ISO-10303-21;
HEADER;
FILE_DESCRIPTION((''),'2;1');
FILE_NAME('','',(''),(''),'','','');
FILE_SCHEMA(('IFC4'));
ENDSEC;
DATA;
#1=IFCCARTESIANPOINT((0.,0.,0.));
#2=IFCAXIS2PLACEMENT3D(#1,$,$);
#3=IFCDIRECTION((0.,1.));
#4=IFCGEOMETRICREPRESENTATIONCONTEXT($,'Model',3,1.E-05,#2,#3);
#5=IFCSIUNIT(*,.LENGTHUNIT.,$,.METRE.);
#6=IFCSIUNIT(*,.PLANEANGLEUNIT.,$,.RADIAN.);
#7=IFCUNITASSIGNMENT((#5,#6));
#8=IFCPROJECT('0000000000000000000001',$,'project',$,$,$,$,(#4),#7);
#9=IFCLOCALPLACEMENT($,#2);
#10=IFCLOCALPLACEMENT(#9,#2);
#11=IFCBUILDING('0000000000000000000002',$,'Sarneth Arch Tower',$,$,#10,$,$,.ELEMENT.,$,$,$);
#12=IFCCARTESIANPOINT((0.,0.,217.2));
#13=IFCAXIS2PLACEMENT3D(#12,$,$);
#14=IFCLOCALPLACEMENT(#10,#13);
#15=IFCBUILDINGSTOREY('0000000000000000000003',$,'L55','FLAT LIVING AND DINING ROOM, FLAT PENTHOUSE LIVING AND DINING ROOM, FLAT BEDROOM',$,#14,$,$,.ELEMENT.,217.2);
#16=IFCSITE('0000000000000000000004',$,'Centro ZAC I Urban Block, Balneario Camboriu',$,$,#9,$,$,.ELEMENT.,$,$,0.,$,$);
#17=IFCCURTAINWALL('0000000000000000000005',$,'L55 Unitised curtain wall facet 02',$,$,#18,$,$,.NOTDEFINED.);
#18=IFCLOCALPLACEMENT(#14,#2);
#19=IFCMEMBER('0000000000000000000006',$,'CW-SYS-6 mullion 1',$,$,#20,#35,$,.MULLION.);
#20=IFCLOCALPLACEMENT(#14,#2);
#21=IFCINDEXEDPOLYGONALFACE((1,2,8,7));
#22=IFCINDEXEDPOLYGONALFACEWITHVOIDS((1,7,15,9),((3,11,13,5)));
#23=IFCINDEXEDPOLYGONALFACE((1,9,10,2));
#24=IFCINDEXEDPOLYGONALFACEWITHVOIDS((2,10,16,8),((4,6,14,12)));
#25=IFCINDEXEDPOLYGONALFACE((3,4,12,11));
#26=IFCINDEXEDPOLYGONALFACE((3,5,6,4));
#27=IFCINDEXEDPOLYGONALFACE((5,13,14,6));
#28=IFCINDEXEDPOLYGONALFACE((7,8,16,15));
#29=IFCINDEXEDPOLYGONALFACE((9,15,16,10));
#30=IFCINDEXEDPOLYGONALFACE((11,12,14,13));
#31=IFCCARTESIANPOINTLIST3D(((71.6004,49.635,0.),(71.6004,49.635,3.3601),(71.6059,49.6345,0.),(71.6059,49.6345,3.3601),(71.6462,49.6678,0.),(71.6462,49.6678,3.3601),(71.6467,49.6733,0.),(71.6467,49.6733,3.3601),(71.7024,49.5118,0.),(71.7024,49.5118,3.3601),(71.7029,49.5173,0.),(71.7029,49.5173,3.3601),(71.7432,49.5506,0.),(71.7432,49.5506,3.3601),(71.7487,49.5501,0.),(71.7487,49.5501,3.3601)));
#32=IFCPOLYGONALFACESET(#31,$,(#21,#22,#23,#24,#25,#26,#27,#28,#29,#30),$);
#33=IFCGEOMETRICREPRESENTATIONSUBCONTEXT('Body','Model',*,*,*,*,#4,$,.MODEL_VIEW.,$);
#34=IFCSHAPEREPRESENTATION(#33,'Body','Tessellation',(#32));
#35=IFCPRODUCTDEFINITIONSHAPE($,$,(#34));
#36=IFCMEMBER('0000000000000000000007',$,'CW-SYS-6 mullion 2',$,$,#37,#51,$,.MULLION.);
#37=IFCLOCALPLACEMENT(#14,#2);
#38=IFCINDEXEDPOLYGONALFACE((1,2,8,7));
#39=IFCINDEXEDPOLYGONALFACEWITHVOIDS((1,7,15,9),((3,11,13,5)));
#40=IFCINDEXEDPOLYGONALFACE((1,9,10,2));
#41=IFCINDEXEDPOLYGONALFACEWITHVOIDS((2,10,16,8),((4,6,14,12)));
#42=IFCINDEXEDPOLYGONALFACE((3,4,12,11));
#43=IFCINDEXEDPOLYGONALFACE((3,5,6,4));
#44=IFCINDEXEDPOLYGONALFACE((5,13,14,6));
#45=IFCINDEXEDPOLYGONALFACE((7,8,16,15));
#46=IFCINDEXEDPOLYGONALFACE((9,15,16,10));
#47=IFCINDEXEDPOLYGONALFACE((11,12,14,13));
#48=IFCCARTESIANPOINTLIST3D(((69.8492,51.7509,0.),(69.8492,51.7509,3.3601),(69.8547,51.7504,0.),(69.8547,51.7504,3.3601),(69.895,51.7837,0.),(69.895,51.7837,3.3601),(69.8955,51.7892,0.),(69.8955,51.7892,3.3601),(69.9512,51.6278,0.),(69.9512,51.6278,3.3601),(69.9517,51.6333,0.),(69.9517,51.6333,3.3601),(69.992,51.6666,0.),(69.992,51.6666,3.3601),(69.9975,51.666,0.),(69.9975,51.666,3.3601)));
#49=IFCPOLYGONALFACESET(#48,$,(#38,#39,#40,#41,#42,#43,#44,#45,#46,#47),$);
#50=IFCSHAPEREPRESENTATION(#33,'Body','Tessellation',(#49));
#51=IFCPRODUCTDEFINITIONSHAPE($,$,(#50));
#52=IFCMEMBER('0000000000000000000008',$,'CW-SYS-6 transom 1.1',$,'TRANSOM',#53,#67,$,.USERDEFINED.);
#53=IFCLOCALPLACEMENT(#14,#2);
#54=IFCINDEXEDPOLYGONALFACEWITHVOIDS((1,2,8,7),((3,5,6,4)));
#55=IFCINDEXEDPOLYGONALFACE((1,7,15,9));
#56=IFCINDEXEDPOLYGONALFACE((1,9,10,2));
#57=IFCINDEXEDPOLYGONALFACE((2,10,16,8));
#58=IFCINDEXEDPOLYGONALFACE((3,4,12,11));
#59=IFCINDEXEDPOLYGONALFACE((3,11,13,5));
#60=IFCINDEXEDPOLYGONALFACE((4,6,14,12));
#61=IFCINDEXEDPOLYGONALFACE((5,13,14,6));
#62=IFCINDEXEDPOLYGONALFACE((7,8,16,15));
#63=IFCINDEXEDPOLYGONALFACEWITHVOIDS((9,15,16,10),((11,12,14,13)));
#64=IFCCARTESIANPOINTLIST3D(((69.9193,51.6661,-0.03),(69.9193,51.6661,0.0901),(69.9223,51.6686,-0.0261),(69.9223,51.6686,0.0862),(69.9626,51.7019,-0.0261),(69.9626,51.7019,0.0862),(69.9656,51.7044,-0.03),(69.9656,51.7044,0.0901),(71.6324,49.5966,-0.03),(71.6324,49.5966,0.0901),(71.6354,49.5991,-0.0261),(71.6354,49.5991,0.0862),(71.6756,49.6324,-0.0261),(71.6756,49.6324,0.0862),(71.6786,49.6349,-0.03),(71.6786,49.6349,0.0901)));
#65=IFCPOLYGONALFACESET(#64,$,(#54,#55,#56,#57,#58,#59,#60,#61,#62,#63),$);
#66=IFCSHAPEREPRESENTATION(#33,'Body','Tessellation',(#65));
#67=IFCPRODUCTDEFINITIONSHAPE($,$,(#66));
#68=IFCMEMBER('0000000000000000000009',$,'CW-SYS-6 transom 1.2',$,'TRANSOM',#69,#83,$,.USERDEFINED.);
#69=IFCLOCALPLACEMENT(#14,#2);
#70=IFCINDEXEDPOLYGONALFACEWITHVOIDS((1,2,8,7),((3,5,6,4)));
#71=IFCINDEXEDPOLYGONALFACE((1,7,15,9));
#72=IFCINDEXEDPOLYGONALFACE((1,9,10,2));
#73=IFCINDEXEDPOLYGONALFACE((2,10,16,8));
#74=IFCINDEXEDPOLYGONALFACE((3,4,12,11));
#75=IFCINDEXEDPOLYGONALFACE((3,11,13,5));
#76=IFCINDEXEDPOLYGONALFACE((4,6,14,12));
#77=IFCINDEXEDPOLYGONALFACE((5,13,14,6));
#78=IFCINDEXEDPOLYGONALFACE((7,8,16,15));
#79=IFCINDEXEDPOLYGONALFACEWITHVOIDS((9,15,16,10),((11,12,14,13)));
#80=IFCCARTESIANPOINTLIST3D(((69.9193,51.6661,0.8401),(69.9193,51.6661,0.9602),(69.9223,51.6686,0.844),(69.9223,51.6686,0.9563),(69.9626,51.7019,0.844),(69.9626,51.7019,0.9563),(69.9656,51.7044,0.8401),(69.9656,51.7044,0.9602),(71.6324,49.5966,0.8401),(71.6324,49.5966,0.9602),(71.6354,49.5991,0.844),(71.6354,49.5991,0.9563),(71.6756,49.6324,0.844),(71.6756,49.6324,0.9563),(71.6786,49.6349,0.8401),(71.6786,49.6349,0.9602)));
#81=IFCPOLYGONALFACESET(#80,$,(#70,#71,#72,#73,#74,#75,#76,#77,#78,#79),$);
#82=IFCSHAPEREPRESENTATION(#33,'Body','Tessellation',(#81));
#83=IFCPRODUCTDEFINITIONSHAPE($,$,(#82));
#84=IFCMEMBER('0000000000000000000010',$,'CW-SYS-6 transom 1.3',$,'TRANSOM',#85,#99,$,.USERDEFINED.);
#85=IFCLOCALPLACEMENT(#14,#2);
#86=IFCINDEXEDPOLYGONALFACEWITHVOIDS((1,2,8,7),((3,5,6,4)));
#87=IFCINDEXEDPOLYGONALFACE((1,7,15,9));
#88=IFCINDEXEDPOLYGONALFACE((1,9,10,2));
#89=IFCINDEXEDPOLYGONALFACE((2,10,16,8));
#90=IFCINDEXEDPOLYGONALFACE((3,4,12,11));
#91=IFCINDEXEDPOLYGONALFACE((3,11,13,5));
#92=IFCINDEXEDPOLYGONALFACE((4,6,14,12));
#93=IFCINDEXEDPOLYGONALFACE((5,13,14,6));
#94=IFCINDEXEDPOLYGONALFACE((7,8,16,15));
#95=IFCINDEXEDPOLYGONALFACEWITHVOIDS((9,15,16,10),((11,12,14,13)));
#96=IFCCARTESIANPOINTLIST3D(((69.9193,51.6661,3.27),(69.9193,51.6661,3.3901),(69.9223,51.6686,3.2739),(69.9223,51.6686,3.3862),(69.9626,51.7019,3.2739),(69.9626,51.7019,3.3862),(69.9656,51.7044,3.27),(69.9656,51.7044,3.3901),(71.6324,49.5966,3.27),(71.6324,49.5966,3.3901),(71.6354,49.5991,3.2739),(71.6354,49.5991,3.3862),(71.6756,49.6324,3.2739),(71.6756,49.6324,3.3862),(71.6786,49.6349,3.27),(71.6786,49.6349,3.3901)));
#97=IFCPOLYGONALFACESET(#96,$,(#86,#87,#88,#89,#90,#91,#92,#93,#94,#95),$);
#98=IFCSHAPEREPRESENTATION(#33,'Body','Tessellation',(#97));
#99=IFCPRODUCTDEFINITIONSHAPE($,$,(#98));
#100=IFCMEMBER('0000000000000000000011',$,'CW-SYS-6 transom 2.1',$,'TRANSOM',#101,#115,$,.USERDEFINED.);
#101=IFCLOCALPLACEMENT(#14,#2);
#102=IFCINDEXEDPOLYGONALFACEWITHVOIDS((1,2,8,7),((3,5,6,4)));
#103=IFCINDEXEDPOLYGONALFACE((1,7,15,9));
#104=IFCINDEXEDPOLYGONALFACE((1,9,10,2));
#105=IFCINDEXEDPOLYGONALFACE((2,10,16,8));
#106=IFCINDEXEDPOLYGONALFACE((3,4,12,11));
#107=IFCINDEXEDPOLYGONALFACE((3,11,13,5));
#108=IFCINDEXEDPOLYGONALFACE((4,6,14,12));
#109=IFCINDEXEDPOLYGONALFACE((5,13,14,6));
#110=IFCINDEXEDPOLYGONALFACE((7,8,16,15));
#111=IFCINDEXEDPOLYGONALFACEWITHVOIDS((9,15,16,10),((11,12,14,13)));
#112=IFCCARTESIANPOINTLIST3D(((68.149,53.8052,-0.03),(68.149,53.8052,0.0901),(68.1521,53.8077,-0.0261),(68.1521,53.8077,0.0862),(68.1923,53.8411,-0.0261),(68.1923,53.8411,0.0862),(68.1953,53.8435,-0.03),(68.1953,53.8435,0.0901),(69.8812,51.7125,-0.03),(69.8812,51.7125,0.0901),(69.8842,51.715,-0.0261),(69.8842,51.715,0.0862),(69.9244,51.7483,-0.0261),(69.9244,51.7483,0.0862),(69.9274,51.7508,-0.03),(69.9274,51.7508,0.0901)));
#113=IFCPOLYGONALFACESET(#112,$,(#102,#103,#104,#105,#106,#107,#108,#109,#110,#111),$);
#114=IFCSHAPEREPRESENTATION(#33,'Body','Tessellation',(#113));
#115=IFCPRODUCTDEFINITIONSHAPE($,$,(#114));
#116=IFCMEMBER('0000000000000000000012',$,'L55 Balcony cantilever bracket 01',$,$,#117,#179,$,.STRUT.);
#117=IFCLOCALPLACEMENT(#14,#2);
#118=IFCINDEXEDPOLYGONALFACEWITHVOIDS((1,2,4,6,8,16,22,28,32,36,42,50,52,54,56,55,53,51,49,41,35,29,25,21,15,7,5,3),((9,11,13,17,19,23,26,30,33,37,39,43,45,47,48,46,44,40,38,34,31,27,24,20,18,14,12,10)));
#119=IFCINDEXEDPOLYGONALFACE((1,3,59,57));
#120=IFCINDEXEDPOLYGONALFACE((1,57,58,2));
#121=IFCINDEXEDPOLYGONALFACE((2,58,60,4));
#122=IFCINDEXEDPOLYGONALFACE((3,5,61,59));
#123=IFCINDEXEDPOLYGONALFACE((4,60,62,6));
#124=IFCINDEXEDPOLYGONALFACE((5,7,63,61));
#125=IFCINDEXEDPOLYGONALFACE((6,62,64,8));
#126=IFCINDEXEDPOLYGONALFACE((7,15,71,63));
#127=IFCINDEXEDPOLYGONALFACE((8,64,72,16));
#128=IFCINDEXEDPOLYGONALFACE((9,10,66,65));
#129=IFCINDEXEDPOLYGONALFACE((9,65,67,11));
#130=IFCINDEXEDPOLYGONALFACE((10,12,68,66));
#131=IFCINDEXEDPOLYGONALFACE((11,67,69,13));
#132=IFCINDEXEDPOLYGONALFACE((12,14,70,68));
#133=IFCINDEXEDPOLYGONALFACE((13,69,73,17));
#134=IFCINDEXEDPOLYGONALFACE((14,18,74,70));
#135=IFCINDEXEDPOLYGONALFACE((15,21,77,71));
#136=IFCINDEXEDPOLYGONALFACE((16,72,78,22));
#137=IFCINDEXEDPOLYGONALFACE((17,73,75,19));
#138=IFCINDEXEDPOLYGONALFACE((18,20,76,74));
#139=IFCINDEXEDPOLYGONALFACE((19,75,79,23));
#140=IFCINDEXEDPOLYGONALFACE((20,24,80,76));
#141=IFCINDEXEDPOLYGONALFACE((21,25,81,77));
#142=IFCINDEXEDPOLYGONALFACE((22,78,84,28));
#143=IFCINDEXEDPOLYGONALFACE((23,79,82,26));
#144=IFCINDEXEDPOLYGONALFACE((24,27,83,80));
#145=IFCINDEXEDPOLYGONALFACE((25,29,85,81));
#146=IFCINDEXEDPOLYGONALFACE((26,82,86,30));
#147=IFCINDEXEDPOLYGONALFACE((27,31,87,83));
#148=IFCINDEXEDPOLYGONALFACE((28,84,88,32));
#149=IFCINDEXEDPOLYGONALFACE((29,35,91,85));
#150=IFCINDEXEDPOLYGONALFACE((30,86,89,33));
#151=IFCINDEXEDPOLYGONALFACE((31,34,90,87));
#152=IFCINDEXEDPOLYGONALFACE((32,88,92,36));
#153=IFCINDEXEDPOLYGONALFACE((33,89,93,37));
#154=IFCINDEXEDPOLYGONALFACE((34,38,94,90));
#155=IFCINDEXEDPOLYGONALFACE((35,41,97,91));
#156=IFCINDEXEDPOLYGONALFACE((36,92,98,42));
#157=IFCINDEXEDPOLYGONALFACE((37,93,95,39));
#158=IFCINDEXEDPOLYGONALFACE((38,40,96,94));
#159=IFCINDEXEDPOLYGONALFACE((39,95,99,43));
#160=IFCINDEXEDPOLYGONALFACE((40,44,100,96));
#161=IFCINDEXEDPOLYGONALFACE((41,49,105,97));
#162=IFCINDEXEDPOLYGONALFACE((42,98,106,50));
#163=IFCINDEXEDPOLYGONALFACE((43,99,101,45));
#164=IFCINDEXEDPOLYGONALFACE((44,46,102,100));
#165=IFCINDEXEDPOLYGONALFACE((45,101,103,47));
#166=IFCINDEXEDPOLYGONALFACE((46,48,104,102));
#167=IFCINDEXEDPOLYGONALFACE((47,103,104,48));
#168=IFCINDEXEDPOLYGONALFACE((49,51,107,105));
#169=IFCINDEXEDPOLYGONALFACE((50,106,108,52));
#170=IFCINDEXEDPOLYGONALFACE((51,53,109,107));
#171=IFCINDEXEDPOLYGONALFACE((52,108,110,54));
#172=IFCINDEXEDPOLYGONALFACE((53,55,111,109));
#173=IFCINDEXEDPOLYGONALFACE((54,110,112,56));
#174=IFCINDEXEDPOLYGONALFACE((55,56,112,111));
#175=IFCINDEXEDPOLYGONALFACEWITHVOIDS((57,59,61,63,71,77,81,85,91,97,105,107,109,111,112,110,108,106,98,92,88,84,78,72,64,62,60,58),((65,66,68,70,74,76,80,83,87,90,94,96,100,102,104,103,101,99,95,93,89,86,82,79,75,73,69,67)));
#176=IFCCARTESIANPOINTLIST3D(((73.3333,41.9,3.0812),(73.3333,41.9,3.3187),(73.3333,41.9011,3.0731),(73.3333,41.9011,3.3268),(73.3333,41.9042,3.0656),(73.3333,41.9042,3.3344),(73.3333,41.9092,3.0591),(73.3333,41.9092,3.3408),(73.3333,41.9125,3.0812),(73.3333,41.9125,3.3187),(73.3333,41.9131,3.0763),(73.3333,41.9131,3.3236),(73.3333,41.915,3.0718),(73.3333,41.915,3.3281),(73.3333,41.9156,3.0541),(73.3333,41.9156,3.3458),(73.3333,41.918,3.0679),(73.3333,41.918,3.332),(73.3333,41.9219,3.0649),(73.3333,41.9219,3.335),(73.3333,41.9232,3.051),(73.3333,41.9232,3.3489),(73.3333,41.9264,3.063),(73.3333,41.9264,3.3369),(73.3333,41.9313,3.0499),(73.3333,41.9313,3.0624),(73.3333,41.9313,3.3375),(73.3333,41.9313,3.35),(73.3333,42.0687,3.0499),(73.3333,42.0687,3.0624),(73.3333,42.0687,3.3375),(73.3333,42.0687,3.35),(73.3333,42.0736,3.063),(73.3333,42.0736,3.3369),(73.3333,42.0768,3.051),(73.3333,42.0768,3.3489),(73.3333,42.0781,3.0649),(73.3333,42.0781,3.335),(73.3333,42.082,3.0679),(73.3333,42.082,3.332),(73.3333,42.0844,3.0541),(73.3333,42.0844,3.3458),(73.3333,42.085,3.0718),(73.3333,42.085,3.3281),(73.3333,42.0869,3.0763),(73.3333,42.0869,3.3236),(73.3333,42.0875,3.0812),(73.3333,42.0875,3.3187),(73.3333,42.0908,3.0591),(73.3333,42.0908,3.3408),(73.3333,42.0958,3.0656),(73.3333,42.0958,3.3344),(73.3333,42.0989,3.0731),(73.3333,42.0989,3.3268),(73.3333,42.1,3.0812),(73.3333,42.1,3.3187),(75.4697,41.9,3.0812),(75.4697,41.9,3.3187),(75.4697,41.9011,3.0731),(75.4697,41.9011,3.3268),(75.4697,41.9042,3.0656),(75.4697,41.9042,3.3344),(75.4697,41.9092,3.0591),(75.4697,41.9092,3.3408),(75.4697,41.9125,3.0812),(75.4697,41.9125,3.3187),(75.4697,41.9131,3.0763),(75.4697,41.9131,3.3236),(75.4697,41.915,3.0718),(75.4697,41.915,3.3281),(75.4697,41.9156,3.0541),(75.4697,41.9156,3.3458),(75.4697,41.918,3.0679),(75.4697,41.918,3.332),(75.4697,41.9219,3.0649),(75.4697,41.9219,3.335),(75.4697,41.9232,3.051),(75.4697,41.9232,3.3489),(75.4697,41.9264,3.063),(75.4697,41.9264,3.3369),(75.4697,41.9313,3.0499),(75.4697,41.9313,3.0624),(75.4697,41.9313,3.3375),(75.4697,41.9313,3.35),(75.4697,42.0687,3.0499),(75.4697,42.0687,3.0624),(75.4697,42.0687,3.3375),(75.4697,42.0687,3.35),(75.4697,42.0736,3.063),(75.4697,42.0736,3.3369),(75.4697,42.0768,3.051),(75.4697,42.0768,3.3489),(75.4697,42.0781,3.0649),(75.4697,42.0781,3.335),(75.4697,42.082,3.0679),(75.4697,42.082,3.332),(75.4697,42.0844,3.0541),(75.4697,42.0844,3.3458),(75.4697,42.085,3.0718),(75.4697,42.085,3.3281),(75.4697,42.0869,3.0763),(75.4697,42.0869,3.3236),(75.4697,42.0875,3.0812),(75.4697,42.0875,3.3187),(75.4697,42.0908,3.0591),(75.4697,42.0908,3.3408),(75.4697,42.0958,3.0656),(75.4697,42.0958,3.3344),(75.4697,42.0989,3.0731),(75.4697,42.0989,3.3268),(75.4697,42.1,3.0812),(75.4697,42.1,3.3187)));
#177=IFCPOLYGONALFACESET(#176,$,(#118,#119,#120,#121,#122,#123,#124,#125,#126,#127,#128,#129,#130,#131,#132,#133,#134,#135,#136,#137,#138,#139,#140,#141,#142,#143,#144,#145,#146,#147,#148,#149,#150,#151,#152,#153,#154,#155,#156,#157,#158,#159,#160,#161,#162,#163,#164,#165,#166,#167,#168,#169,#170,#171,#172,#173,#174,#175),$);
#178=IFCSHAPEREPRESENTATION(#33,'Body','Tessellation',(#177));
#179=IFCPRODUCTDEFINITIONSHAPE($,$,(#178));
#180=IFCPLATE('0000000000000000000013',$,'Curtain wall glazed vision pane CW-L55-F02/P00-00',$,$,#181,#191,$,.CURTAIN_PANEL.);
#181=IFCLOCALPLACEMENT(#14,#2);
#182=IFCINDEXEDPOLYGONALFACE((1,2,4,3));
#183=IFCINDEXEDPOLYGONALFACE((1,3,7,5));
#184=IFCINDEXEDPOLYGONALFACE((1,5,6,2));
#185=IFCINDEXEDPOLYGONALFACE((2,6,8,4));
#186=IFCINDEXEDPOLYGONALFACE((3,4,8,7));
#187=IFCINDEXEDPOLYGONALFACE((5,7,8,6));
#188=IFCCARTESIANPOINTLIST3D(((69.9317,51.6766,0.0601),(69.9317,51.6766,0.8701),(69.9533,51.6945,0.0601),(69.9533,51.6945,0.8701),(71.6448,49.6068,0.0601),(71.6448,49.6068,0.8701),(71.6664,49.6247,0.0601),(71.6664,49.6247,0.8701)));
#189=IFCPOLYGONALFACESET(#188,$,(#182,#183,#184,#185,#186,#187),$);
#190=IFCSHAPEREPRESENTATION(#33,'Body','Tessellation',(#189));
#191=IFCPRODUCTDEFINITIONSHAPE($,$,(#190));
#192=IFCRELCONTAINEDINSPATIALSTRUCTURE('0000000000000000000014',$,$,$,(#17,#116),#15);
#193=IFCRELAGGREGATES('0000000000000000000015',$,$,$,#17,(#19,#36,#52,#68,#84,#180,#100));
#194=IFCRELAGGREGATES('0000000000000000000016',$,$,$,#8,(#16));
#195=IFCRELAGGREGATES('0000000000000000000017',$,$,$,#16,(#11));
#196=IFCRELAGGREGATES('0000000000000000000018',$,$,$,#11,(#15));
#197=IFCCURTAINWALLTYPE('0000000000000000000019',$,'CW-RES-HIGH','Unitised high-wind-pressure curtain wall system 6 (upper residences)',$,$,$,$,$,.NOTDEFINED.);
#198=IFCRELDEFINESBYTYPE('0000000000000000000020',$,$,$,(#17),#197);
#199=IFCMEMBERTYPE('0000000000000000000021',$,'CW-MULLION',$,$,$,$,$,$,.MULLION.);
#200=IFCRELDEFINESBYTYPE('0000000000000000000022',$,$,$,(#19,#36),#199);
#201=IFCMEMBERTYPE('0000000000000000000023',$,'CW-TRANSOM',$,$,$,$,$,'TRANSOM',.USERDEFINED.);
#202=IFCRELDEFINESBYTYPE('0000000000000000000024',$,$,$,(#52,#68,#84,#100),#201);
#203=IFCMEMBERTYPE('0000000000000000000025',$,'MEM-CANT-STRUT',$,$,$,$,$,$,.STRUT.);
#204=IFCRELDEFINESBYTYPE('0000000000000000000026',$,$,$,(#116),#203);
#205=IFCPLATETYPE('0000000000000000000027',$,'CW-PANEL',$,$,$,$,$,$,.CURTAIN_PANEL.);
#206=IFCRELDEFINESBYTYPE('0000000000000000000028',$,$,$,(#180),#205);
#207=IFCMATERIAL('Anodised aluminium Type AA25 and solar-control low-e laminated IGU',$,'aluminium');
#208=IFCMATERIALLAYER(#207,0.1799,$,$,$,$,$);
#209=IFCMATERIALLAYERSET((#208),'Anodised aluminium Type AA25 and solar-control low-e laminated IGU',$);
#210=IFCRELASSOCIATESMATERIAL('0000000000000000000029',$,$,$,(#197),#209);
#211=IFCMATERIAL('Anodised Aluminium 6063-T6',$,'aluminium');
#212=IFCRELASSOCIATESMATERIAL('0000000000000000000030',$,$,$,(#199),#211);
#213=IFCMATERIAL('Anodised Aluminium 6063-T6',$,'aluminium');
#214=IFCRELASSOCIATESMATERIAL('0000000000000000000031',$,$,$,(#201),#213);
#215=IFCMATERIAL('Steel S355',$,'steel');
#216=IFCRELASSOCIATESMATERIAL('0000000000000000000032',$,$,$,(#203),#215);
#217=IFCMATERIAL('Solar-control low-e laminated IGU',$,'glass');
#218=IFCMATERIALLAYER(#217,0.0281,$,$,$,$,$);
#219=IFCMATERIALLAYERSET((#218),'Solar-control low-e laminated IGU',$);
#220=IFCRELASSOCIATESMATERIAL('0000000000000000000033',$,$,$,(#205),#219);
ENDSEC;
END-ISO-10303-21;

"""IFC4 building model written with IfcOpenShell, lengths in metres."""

from ifc_helpers import new_model, si_unit, direction, frame, origin, origin_2d, place, context, subcontext, project, spatial, rectangle, hollow_rectangle, extrude, material, layer, layer_set, material_profile, profile_set, type_object, element, aggregate, save


model = new_model("IFC4")

# Units and contexts
model_context = context("Model", 3, precision=1e-05, world=origin(), true_north=direction((0.0, 1.0)))
body_context = subcontext(model_context, "Body", "Model", "MODEL_VIEW")
ifc_project = project(units=[si_unit("LENGTHUNIT", "METRE"), si_unit("PLANEANGLEUNIT", "RADIAN")], contexts=[model_context])

# Site, building, storey
site_placement = place(None, origin())
site = spatial("IfcSite", under=ifc_project, at=site_placement, Name="Centro ZAC I Urban Block, Balneario Camboriu", CompositionType="ELEMENT", RefElevation=0.0)
building_placement = place(site_placement, origin())
building = spatial("IfcBuilding", under=site, at=building_placement, Name="Sarneth Arch Tower", CompositionType="ELEMENT")
storey_placement = place(building_placement, frame((0.0, 0.0, 217.2)))
storey = spatial("IfcBuildingStorey", under=building, at=storey_placement, Name="L55", Description="FLAT LIVING AND DINING ROOM, FLAT PENTHOUSE LIVING AND DINING ROOM, FLAT BEDROOM", CompositionType="ELEMENT", Elevation=217.2)

# Curtain wall, members
ifc_material_1 = material(Name="Anodised aluminium Type AA25 and solar-control low-e laminated IGU", Category="aluminium")
ifc_layer_1 = layer(ifc_material_1, 0.1799)
ifc_layer_set_1 = layer_set([ifc_layer_1], Name="Anodised aluminium Type AA25 and solar-control low-e laminated IGU")
curtain_wall_type = type_object("IfcCurtainWallType", Name="CW-RES-HIGH", Description="Unitised high-wind-pressure curtain wall system 6 (upper residences)", PredefinedType="NOTDEFINED", material=ifc_layer_set_1)
curtain_wall_placement = place(storey_placement, origin())
curtain_wall = element("IfcCurtainWall", 1, at=curtain_wall_placement, inside=storey, type_object=curtain_wall_type, Name="L55 Unitised curtain wall facet 02", PredefinedType="NOTDEFINED")
ifc_material_2 = material(Name="Anodised Aluminium 6063-T6", Category="aluminium")
ifc_material_profile_1 = material_profile(ifc_material_2, hollow_rectangle(XDim=0.0601, YDim=0.1599, WallThickness=0.0039, at=origin_2d()), Name="AL-MULL-160x60x4")
ifc_profile_set_1 = profile_set([ifc_material_profile_1], Name="Anodised Aluminium 6063-T6")
member_type_1 = type_object("IfcMemberType", Name="CW-MULLION", PredefinedType="MULLION", material=ifc_profile_set_1)
member_1_placement = place(storey_placement, frame((71.6746, 49.5925, 0.0), z_axis=(0.0, 0.0, 1.0), x_axis=(-0.770359, -0.63761, 0.0)))
member_1 = element("IfcMember", 2, at=member_1_placement, type_object=member_type_1, Name="CW-SYS-6 mullion 1", PredefinedType="MULLION", context=body_context, shape_type="SweptSolid", body=[
    extrude(hollow_rectangle(XDim=0.0601, YDim=0.1599, WallThickness=0.0039, at=origin_2d()), origin(), (0.0, 0.0, 1.0), 3.3601),
])
member_2_placement = place(storey_placement, frame((69.9233, 51.7085, 0.0), z_axis=(0.0, 0.0, 1.0), x_axis=(-0.770359, -0.63761, 0.0)))
member_2 = element("IfcMember", 3, at=member_2_placement, type_object=member_type_1, Name="CW-SYS-6 mullion 2", PredefinedType="MULLION", context=body_context, shape_type="SweptSolid", body=[
    extrude(hollow_rectangle(XDim=0.0601, YDim=0.1599, WallThickness=0.0039, at=origin_2d()), origin(), (0.0, 0.0, 1.0), 3.3601),
])
ifc_material_3 = material(Name="Anodised Aluminium 6063-T6", Category="aluminium")
ifc_material_profile_2 = material_profile(ifc_material_3, hollow_rectangle(XDim=0.0601, YDim=0.1201, WallThickness=0.0039, at=origin_2d()), Name="AL-TRAN-120x60x4")
ifc_profile_set_2 = profile_set([ifc_material_profile_2], Name="Anodised Aluminium 6063-T6")
member_type_2 = type_object("IfcMemberType", Name="CW-TRANSOM", ElementType="TRANSOM", PredefinedType="USERDEFINED", material=ifc_profile_set_2)
member_3_placement = place(storey_placement, frame((71.6555, 49.6157, 0.03), z_axis=(-0.637651, 0.770325, 0.0), x_axis=(-0.770325, -0.637651, 0.0)))
member_3 = element("IfcMember", 4, at=member_3_placement, type_object=member_type_2, Name="CW-SYS-6 transom 1.1", ObjectType="TRANSOM", PredefinedType="USERDEFINED", context=body_context, shape_type="SweptSolid", body=[
    extrude(hollow_rectangle(XDim=0.0601, YDim=0.1201, WallThickness=0.0039, at=origin_2d()), origin(), (0.0, 0.0, 1.0), 2.6865),
])
member_4_placement = place(storey_placement, frame((71.6555, 49.6157, 0.9001), z_axis=(-0.637651, 0.770325, 0.0), x_axis=(-0.770325, -0.637651, 0.0)))
member_4 = element("IfcMember", 5, at=member_4_placement, type_object=member_type_2, Name="CW-SYS-6 transom 1.2", ObjectType="TRANSOM", PredefinedType="USERDEFINED", context=body_context, shape_type="SweptSolid", body=[
    extrude(hollow_rectangle(XDim=0.0601, YDim=0.1201, WallThickness=0.0039, at=origin_2d()), origin(), (0.0, 0.0, 1.0), 2.6865),
])
member_5_placement = place(storey_placement, frame((71.6555, 49.6157, 3.3301), z_axis=(-0.637651, 0.770325, 0.0), x_axis=(-0.770325, -0.637651, 0.0)))
member_5 = element("IfcMember", 6, at=member_5_placement, type_object=member_type_2, Name="CW-SYS-6 transom 1.3", ObjectType="TRANSOM", PredefinedType="USERDEFINED", context=body_context, shape_type="SweptSolid", body=[
    extrude(hollow_rectangle(XDim=0.0601, YDim=0.1201, WallThickness=0.0039, at=origin_2d()), origin(), (0.0, 0.0, 1.0), 2.6865),
])
member_6_placement = place(storey_placement, frame((69.9043, 51.7317, 0.03), z_axis=(-0.637617, 0.770353, 0.0), x_axis=(-0.770353, -0.637617, 0.0)))
member_6 = element("IfcMember", 7, at=member_6_placement, type_object=member_type_2, Name="CW-SYS-6 transom 2.1", ObjectType="TRANSOM", PredefinedType="USERDEFINED", context=body_context, shape_type="SweptSolid", body=[
    extrude(hollow_rectangle(XDim=0.0601, YDim=0.1201, WallThickness=0.0039, at=origin_2d()), origin(), (0.0, 0.0, 1.0), 2.7166),
])

# Member
ifc_material_4 = material(Name="Steel S355", Category="steel")
ifc_material_profile_3 = material_profile(ifc_material_4, hollow_rectangle(XDim=0.2, YDim=0.3, WallThickness=0.0125, InnerFilletRadius=0.0188, OuterFilletRadius=0.0312, at=origin_2d()), Name="RHS300x200x12.5")
ifc_profile_set_3 = profile_set([ifc_material_profile_3], Name="Steel S355")
member_type_3 = type_object("IfcMemberType", Name="MEM-CANT-STRUT", PredefinedType="STRUT", material=ifc_profile_set_3)
member_7_placement = place(storey_placement, frame((73.3333, 42.0, 3.2), z_axis=(1.0, 0.0, 0.0), x_axis=(0.0, 1.0, 0.0)))
element("IfcMember", 8, at=member_7_placement, inside=storey, type_object=member_type_3, Name="L55 Balcony cantilever bracket 01", PredefinedType="STRUT", context=body_context, shape_type="SweptSolid", body=[
    extrude(hollow_rectangle(XDim=0.2, YDim=0.3, WallThickness=0.0125, InnerFilletRadius=0.0188, OuterFilletRadius=0.0312, at=origin_2d()), origin(), (0.0, 0.0, 1.0), 2.1365),
])

# Plate
ifc_material_5 = material(Name="Solar-control low-e laminated IGU", Category="glass")
ifc_layer_2 = layer(ifc_material_5, 0.0281)
ifc_layer_set_2 = layer_set([ifc_layer_2], Name="Solar-control low-e laminated IGU")
plate_type_1 = type_object("IfcPlateType", Name="CW-PANEL", PredefinedType="CURTAIN_PANEL", material=ifc_layer_set_2)
plate_1_placement = place(storey_placement, frame((70.7991, 50.6506, 0.0601), z_axis=(0.0, 0.0, 1.0), x_axis=(-0.63761, 0.770359, 0.0)))
plate_1 = element("IfcPlate", 9, at=plate_1_placement, type_object=plate_type_1, Name="Curtain wall glazed vision pane CW-L55-F02/P00-00", PredefinedType="CURTAIN_PANEL", context=body_context, shape_type="SweptSolid", body=[
    extrude(rectangle(XDim=2.6868, YDim=0.0281, at=origin_2d()), origin(), (0.0, 0.0, 1.0), 0.8101),
])
aggregate(curtain_wall, [member_1, member_2, member_3, member_4, member_5, plate_1, member_6])

save(model, "model.ifc")
